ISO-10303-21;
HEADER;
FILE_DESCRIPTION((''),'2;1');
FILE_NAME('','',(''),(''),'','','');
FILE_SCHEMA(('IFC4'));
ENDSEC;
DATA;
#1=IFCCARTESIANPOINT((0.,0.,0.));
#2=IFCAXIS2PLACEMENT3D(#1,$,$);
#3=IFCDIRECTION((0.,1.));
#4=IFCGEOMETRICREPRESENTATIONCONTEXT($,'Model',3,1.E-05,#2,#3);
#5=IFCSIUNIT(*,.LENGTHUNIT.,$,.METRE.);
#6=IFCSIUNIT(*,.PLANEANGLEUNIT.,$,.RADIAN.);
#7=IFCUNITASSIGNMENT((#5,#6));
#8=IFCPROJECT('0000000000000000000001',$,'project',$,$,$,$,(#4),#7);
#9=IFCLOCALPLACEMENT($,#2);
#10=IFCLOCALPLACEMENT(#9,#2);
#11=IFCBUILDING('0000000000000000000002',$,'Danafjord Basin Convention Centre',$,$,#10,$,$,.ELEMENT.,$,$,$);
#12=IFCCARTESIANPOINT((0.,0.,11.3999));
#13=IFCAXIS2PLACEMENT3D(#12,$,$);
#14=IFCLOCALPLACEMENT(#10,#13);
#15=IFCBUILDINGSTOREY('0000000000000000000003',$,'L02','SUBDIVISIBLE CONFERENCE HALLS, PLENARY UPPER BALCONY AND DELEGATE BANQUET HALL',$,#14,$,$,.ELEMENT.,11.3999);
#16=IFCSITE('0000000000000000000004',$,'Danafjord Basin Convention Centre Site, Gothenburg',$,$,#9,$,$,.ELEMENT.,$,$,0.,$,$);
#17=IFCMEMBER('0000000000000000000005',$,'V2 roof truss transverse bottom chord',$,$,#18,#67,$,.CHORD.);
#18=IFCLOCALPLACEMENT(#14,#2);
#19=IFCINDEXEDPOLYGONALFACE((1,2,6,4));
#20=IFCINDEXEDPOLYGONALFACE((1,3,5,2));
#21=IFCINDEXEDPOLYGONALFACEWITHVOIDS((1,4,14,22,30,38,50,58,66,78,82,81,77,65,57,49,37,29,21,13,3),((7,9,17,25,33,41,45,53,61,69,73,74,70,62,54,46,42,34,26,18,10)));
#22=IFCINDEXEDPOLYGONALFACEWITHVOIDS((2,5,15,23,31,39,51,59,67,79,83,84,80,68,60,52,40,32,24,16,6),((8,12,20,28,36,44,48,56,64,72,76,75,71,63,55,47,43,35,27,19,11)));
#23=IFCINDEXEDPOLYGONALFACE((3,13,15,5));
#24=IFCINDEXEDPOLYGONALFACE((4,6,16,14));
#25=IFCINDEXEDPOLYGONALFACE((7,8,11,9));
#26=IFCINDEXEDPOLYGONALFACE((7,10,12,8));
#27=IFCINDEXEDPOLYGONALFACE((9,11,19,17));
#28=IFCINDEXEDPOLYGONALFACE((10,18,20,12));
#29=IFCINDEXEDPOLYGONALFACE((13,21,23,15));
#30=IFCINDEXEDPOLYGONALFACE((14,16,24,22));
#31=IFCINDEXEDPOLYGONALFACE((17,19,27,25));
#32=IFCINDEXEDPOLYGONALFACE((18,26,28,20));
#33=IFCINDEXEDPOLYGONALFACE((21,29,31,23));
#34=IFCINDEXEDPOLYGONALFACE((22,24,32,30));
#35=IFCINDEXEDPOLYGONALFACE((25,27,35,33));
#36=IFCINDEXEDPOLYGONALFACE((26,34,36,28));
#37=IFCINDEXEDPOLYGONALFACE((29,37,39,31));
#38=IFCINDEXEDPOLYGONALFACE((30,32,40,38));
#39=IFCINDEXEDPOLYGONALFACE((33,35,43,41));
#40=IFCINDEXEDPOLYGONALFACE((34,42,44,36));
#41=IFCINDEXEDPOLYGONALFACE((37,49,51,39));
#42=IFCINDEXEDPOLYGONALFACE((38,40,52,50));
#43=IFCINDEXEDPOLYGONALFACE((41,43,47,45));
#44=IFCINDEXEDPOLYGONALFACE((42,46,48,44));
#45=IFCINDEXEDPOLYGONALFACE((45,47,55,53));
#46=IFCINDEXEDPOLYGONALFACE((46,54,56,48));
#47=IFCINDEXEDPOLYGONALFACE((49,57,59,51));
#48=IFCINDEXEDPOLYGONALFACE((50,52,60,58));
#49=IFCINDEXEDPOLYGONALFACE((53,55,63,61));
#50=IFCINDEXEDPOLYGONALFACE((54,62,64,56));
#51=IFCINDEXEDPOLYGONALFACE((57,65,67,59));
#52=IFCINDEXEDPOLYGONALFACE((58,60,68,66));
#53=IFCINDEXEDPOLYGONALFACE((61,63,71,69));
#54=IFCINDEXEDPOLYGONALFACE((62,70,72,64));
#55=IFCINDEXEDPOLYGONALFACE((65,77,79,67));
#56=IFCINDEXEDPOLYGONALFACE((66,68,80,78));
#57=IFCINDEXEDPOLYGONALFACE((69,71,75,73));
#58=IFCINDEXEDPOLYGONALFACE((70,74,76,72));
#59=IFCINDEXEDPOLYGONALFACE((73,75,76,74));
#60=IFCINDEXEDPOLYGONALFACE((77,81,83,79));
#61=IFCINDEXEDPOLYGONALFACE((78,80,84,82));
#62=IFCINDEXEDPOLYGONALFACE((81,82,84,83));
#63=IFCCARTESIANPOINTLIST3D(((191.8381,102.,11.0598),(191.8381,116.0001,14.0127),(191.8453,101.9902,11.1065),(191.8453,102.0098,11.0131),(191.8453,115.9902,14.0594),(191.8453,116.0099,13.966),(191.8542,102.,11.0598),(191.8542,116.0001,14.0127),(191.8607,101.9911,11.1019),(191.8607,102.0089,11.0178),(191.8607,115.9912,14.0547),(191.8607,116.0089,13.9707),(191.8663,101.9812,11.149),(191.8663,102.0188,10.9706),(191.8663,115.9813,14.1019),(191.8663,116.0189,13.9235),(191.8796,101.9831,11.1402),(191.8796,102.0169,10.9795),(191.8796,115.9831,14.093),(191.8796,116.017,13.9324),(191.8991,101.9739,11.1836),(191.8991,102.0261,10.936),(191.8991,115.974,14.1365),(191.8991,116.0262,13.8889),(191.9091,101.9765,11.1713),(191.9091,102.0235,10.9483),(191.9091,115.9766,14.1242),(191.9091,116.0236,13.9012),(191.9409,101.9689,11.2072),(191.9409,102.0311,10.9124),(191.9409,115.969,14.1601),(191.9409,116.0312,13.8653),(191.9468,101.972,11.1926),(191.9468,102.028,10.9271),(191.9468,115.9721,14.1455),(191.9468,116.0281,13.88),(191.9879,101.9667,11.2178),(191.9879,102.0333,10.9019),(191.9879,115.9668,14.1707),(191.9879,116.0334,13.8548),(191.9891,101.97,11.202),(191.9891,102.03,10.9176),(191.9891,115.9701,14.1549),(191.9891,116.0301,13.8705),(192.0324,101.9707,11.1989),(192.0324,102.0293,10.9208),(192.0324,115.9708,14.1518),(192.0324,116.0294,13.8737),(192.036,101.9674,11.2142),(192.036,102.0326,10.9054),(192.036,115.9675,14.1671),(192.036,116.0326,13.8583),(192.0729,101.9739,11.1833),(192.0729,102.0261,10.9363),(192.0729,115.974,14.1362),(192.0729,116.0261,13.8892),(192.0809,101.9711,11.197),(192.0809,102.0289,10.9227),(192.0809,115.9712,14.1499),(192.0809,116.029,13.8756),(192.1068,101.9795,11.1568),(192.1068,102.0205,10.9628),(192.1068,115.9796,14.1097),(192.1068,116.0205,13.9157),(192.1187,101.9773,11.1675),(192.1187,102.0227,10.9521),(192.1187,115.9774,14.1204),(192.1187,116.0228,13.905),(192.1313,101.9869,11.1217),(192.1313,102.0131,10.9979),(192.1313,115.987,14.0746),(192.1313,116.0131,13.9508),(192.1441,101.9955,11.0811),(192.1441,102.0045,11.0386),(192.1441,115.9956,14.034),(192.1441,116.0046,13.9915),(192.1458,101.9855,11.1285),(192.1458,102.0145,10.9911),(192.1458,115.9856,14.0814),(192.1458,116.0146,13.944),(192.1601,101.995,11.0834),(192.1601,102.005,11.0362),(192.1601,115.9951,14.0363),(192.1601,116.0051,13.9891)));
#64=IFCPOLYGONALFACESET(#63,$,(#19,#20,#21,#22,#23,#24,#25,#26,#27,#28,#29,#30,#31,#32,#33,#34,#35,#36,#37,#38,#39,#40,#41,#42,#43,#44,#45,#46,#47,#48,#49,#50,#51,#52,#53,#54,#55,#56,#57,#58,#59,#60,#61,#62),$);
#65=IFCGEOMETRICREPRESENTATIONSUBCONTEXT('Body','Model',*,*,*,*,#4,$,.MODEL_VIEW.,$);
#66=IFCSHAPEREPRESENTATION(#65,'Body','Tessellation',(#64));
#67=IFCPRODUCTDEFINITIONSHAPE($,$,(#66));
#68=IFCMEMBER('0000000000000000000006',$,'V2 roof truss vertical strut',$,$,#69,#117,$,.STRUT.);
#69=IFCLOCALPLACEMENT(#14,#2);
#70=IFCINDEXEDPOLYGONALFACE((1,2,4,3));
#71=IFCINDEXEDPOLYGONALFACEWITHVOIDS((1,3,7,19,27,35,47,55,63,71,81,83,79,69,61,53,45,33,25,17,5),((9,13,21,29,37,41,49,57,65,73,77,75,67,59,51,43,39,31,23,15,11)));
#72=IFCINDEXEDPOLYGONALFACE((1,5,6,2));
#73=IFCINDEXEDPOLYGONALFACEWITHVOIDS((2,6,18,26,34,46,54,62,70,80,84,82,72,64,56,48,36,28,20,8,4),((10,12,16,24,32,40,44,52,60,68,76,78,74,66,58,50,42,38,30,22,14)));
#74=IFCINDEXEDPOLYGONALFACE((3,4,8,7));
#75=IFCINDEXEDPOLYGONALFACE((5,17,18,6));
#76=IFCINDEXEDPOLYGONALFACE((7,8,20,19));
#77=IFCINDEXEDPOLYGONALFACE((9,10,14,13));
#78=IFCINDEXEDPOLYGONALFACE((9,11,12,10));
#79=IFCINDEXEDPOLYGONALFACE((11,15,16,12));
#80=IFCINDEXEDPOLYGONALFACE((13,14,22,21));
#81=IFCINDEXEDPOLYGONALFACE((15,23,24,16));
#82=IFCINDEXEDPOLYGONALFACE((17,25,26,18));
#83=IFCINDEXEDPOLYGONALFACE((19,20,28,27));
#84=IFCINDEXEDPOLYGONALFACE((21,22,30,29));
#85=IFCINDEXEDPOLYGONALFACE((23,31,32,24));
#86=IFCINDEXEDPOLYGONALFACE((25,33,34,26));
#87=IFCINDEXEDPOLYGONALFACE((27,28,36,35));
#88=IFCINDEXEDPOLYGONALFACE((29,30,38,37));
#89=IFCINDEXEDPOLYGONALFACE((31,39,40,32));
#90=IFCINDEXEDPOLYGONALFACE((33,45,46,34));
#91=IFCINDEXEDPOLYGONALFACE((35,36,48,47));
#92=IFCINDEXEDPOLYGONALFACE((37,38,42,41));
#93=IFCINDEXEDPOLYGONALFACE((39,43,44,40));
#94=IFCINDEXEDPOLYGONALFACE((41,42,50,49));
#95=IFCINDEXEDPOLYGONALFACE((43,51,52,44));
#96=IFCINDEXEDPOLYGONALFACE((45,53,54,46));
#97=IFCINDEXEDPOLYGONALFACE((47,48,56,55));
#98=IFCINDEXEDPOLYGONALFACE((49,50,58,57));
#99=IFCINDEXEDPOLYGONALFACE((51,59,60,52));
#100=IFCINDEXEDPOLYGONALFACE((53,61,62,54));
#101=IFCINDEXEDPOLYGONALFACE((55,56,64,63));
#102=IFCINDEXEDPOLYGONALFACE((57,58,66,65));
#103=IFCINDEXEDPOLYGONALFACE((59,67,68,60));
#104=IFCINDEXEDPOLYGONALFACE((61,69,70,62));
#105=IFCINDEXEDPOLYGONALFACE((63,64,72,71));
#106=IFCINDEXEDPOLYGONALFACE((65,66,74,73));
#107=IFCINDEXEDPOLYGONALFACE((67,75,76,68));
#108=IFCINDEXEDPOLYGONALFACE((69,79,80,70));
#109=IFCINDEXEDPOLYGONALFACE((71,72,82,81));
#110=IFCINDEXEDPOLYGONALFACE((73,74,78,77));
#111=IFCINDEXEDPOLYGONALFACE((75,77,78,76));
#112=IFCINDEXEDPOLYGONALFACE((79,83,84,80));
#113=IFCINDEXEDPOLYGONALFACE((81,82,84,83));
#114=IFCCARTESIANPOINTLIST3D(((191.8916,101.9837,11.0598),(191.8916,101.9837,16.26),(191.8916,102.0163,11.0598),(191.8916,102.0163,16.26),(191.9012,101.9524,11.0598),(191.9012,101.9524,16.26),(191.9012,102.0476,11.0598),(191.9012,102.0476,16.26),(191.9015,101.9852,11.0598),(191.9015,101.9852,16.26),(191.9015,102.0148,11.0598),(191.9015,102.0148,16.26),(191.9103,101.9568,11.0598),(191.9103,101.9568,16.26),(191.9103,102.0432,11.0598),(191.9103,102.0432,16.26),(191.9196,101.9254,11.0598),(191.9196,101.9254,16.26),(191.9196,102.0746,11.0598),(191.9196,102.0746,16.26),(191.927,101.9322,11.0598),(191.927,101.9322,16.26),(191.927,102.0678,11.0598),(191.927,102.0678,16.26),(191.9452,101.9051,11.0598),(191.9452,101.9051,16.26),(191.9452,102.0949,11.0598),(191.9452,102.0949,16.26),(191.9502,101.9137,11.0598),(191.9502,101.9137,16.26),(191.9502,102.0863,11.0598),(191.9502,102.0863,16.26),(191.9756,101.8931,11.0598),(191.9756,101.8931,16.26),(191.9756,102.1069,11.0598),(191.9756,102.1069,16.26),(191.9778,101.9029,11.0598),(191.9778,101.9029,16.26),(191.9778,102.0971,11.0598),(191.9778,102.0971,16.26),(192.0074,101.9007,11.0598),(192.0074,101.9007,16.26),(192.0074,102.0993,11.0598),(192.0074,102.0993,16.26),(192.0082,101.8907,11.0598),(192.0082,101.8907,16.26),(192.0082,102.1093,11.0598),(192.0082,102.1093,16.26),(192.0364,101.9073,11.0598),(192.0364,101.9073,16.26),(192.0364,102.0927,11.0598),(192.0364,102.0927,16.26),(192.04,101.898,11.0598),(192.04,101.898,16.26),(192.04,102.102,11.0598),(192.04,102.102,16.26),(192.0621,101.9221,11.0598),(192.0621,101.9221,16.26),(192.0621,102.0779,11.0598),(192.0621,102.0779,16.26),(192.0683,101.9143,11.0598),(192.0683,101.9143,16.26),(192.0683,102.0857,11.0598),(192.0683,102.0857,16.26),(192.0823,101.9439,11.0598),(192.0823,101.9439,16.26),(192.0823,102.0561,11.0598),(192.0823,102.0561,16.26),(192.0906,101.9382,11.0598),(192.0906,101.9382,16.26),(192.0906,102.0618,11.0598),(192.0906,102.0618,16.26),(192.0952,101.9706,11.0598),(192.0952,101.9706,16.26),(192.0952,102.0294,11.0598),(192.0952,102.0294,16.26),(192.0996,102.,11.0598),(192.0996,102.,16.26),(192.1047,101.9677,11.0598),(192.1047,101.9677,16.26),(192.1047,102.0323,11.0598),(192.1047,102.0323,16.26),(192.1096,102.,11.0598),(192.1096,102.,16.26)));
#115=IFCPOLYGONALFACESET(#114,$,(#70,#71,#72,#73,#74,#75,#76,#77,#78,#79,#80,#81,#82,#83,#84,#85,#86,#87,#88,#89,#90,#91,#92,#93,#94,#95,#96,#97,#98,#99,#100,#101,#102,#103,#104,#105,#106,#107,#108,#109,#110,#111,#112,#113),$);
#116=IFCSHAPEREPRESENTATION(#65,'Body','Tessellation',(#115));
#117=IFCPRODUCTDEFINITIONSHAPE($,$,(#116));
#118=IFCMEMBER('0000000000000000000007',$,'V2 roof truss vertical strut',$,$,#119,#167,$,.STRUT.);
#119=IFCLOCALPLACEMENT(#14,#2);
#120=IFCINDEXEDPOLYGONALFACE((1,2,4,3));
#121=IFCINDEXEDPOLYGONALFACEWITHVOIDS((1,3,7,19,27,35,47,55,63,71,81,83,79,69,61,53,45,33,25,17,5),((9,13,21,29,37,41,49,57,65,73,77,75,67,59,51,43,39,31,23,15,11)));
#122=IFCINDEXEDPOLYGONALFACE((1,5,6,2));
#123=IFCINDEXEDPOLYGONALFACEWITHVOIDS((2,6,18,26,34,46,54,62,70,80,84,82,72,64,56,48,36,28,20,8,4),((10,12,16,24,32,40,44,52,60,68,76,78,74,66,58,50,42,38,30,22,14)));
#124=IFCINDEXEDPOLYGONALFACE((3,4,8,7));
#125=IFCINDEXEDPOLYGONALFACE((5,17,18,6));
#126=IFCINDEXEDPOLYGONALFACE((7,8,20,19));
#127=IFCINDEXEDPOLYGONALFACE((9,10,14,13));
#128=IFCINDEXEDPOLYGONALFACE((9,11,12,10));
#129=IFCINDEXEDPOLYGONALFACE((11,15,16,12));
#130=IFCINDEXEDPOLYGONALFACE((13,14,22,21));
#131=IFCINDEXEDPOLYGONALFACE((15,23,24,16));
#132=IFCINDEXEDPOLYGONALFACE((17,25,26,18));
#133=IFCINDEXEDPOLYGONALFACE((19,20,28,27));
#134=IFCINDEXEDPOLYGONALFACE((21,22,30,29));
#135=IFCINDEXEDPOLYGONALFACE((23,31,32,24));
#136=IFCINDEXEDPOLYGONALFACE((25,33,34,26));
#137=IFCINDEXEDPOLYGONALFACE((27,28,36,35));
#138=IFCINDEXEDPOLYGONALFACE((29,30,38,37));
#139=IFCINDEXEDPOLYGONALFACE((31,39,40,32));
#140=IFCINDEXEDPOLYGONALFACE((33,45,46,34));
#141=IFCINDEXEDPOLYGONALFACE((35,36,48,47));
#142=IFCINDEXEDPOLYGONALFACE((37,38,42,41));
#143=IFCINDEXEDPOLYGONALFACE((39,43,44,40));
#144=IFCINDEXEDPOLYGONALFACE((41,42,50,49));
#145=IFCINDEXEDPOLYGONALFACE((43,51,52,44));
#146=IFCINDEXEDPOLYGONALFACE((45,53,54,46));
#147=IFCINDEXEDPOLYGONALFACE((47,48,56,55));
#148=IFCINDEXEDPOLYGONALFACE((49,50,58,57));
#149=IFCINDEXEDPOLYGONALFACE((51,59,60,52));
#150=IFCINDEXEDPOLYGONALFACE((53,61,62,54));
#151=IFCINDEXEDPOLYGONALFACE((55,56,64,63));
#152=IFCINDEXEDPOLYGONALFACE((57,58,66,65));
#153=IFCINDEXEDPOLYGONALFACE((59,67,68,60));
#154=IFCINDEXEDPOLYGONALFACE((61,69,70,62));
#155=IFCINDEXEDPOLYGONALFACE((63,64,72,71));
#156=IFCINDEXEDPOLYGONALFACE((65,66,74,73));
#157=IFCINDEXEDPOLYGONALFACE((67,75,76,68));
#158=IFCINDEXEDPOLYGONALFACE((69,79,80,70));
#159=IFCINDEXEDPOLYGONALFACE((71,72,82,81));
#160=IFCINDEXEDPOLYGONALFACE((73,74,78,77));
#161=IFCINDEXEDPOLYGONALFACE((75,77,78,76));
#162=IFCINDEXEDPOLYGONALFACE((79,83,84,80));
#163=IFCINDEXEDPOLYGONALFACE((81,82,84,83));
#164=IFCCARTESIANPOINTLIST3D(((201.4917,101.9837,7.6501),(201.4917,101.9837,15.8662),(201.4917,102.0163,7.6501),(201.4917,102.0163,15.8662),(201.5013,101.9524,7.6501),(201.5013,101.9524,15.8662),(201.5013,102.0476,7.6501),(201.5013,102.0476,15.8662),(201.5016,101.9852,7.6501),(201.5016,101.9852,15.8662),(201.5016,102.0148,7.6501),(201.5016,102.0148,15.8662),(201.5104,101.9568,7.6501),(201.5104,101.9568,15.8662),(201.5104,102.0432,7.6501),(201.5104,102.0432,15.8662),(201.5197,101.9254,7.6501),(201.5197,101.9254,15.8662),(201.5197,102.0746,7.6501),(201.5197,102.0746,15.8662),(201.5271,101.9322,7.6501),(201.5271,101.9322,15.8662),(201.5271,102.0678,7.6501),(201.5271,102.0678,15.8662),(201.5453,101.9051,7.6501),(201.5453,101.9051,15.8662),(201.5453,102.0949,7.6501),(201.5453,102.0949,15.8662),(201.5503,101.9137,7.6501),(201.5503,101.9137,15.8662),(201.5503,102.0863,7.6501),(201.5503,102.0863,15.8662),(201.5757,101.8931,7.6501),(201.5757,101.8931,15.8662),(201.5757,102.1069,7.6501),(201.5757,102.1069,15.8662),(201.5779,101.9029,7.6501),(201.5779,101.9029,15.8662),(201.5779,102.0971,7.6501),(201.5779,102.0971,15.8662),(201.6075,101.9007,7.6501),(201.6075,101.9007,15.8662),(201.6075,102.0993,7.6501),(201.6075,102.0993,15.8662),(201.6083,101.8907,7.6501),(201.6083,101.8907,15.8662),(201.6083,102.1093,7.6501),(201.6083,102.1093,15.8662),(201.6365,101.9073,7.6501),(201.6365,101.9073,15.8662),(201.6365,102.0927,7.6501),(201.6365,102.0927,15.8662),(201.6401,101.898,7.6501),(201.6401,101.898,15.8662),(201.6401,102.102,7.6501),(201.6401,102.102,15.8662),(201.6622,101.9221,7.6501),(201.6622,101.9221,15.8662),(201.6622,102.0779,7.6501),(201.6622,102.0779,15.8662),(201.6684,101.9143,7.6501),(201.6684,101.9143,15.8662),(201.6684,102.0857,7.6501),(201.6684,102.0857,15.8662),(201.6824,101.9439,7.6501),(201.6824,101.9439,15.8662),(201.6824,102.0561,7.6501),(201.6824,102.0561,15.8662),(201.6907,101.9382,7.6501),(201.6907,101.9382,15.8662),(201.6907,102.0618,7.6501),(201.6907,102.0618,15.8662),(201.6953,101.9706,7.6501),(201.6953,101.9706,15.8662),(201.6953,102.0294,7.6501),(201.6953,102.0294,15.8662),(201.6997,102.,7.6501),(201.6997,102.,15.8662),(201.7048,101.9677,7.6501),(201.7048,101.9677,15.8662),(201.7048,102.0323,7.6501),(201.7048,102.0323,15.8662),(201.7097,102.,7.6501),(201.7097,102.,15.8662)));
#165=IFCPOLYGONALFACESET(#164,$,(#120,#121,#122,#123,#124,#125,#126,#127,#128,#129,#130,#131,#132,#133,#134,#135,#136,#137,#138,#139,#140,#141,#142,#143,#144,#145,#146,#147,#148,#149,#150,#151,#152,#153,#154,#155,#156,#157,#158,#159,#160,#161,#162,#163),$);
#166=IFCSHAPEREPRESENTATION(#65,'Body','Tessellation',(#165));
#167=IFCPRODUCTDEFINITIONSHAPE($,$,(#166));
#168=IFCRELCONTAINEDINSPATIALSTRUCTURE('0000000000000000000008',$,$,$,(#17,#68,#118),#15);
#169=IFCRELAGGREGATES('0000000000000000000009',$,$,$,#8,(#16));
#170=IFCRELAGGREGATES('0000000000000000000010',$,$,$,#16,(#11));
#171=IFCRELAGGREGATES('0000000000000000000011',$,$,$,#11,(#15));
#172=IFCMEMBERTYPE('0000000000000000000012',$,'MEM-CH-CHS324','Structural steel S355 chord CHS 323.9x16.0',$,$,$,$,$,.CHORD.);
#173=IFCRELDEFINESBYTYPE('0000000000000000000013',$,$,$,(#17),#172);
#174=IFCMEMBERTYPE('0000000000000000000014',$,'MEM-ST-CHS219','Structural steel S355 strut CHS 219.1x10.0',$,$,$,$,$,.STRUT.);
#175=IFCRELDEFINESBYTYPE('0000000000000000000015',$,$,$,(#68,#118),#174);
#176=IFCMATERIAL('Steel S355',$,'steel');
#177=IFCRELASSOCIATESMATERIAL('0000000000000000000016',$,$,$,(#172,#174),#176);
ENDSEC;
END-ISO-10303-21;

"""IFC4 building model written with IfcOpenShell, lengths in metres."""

from ifc_helpers import new_model, si_unit, direction, frame, origin, origin_2d, place, context, subcontext, project, spatial, hollow_circle, extrude, material, material_profile, profile_set, type_object, element, save


model = new_model("IFC4")

# Units and contexts
model_context = context("Model", 3, precision=1e-05, world=origin(), true_north=direction((0.0, 1.0)))
body_context = subcontext(model_context, "Body", "Model", "MODEL_VIEW")
ifc_project = project(units=[si_unit("LENGTHUNIT", "METRE"), si_unit("PLANEANGLEUNIT", "RADIAN")], contexts=[model_context])

# Site, building, storey
site_placement = place(None, origin())
site = spatial("IfcSite", under=ifc_project, at=site_placement, Name="Danafjord Basin Convention Centre Site, Gothenburg", CompositionType="ELEMENT", RefElevation=0.0)
building_placement = place(site_placement, origin())
building = spatial("IfcBuilding", under=site, at=building_placement, Name="Danafjord Basin Convention Centre", CompositionType="ELEMENT")
storey_placement = place(building_placement, frame((0.0, 0.0, 11.3999)))
storey = spatial("IfcBuildingStorey", under=building, at=storey_placement, Name="L02", Description="SUBDIVISIBLE CONFERENCE HALLS, PLENARY UPPER BALCONY AND DELEGATE BANQUET HALL", CompositionType="ELEMENT", Elevation=11.3999)

# Shared definitions
ifc_material_1 = material(Name="Steel S355", Category="steel")

# Members
ifc_material_profile_1 = material_profile(ifc_material_1, hollow_circle(Radius=0.1619, WallThickness=0.0161, at=origin_2d()), Name="CHS 323.9x16.0")
ifc_profile_set_1 = profile_set([ifc_material_profile_1], Name="Steel S355")
member_type_1 = type_object("IfcMemberType", Name="MEM-CH-CHS324", Description="Structural steel S355 chord CHS 323.9x16.0", PredefinedType="CHORD", material=ifc_profile_set_1)
member_1_placement = place(storey_placement, frame((192.0, 102.0, 11.0598), z_axis=(0.0, 0.978472, 0.206379), x_axis=(-1.0, 0.0, 0.0)))
element("IfcMember", 1, at=member_1_placement, inside=storey, type_object=member_type_1, Name="V2 roof truss transverse bottom chord", PredefinedType="CHORD", context=body_context, shape_type="SweptSolid", body=[
    extrude(hollow_circle(Radius=0.1619, WallThickness=0.0161, at=origin_2d()), origin(), (0.0, 0.0, 1.0), 14.3081),
])
ifc_material_profile_2 = material_profile(ifc_material_1, hollow_circle(Radius=0.1096, WallThickness=0.01, at=origin_2d()), Name="CHS 219.1x10.0")
ifc_profile_set_2 = profile_set([ifc_material_profile_2], Name="Steel S355")
member_type_2 = type_object("IfcMemberType", Name="MEM-ST-CHS219", Description="Structural steel S355 strut CHS 219.1x10.0", PredefinedType="STRUT", material=ifc_profile_set_2)
member_2_placement = place(storey_placement, frame((192.0, 102.0, 11.0598), z_axis=(0.0, 0.0, 1.0), x_axis=(1.0, 0.0, 0.0)))
element("IfcMember", 2, at=member_2_placement, inside=storey, type_object=member_type_2, Name="V2 roof truss vertical strut", PredefinedType="STRUT", context=body_context, shape_type="SweptSolid", body=[
    extrude(hollow_circle(Radius=0.1096, WallThickness=0.01, at=origin_2d()), origin(), (0.0, 0.0, 1.0), 5.2002),
])
member_3_placement = place(storey_placement, frame((201.6001, 102.0, 7.6501), z_axis=(0.0, 0.0, 1.0), x_axis=(1.0, 0.0, 0.0)))
element("IfcMember", 3, at=member_3_placement, inside=storey, type_object=member_type_2, Name="V2 roof truss vertical strut", PredefinedType="STRUT", context=body_context, shape_type="SweptSolid", body=[
    extrude(hollow_circle(Radius=0.1096, WallThickness=0.01, at=origin_2d()), origin(), (0.0, 0.0, 1.0), 8.2161),
])

save(model, "model.ifc")
